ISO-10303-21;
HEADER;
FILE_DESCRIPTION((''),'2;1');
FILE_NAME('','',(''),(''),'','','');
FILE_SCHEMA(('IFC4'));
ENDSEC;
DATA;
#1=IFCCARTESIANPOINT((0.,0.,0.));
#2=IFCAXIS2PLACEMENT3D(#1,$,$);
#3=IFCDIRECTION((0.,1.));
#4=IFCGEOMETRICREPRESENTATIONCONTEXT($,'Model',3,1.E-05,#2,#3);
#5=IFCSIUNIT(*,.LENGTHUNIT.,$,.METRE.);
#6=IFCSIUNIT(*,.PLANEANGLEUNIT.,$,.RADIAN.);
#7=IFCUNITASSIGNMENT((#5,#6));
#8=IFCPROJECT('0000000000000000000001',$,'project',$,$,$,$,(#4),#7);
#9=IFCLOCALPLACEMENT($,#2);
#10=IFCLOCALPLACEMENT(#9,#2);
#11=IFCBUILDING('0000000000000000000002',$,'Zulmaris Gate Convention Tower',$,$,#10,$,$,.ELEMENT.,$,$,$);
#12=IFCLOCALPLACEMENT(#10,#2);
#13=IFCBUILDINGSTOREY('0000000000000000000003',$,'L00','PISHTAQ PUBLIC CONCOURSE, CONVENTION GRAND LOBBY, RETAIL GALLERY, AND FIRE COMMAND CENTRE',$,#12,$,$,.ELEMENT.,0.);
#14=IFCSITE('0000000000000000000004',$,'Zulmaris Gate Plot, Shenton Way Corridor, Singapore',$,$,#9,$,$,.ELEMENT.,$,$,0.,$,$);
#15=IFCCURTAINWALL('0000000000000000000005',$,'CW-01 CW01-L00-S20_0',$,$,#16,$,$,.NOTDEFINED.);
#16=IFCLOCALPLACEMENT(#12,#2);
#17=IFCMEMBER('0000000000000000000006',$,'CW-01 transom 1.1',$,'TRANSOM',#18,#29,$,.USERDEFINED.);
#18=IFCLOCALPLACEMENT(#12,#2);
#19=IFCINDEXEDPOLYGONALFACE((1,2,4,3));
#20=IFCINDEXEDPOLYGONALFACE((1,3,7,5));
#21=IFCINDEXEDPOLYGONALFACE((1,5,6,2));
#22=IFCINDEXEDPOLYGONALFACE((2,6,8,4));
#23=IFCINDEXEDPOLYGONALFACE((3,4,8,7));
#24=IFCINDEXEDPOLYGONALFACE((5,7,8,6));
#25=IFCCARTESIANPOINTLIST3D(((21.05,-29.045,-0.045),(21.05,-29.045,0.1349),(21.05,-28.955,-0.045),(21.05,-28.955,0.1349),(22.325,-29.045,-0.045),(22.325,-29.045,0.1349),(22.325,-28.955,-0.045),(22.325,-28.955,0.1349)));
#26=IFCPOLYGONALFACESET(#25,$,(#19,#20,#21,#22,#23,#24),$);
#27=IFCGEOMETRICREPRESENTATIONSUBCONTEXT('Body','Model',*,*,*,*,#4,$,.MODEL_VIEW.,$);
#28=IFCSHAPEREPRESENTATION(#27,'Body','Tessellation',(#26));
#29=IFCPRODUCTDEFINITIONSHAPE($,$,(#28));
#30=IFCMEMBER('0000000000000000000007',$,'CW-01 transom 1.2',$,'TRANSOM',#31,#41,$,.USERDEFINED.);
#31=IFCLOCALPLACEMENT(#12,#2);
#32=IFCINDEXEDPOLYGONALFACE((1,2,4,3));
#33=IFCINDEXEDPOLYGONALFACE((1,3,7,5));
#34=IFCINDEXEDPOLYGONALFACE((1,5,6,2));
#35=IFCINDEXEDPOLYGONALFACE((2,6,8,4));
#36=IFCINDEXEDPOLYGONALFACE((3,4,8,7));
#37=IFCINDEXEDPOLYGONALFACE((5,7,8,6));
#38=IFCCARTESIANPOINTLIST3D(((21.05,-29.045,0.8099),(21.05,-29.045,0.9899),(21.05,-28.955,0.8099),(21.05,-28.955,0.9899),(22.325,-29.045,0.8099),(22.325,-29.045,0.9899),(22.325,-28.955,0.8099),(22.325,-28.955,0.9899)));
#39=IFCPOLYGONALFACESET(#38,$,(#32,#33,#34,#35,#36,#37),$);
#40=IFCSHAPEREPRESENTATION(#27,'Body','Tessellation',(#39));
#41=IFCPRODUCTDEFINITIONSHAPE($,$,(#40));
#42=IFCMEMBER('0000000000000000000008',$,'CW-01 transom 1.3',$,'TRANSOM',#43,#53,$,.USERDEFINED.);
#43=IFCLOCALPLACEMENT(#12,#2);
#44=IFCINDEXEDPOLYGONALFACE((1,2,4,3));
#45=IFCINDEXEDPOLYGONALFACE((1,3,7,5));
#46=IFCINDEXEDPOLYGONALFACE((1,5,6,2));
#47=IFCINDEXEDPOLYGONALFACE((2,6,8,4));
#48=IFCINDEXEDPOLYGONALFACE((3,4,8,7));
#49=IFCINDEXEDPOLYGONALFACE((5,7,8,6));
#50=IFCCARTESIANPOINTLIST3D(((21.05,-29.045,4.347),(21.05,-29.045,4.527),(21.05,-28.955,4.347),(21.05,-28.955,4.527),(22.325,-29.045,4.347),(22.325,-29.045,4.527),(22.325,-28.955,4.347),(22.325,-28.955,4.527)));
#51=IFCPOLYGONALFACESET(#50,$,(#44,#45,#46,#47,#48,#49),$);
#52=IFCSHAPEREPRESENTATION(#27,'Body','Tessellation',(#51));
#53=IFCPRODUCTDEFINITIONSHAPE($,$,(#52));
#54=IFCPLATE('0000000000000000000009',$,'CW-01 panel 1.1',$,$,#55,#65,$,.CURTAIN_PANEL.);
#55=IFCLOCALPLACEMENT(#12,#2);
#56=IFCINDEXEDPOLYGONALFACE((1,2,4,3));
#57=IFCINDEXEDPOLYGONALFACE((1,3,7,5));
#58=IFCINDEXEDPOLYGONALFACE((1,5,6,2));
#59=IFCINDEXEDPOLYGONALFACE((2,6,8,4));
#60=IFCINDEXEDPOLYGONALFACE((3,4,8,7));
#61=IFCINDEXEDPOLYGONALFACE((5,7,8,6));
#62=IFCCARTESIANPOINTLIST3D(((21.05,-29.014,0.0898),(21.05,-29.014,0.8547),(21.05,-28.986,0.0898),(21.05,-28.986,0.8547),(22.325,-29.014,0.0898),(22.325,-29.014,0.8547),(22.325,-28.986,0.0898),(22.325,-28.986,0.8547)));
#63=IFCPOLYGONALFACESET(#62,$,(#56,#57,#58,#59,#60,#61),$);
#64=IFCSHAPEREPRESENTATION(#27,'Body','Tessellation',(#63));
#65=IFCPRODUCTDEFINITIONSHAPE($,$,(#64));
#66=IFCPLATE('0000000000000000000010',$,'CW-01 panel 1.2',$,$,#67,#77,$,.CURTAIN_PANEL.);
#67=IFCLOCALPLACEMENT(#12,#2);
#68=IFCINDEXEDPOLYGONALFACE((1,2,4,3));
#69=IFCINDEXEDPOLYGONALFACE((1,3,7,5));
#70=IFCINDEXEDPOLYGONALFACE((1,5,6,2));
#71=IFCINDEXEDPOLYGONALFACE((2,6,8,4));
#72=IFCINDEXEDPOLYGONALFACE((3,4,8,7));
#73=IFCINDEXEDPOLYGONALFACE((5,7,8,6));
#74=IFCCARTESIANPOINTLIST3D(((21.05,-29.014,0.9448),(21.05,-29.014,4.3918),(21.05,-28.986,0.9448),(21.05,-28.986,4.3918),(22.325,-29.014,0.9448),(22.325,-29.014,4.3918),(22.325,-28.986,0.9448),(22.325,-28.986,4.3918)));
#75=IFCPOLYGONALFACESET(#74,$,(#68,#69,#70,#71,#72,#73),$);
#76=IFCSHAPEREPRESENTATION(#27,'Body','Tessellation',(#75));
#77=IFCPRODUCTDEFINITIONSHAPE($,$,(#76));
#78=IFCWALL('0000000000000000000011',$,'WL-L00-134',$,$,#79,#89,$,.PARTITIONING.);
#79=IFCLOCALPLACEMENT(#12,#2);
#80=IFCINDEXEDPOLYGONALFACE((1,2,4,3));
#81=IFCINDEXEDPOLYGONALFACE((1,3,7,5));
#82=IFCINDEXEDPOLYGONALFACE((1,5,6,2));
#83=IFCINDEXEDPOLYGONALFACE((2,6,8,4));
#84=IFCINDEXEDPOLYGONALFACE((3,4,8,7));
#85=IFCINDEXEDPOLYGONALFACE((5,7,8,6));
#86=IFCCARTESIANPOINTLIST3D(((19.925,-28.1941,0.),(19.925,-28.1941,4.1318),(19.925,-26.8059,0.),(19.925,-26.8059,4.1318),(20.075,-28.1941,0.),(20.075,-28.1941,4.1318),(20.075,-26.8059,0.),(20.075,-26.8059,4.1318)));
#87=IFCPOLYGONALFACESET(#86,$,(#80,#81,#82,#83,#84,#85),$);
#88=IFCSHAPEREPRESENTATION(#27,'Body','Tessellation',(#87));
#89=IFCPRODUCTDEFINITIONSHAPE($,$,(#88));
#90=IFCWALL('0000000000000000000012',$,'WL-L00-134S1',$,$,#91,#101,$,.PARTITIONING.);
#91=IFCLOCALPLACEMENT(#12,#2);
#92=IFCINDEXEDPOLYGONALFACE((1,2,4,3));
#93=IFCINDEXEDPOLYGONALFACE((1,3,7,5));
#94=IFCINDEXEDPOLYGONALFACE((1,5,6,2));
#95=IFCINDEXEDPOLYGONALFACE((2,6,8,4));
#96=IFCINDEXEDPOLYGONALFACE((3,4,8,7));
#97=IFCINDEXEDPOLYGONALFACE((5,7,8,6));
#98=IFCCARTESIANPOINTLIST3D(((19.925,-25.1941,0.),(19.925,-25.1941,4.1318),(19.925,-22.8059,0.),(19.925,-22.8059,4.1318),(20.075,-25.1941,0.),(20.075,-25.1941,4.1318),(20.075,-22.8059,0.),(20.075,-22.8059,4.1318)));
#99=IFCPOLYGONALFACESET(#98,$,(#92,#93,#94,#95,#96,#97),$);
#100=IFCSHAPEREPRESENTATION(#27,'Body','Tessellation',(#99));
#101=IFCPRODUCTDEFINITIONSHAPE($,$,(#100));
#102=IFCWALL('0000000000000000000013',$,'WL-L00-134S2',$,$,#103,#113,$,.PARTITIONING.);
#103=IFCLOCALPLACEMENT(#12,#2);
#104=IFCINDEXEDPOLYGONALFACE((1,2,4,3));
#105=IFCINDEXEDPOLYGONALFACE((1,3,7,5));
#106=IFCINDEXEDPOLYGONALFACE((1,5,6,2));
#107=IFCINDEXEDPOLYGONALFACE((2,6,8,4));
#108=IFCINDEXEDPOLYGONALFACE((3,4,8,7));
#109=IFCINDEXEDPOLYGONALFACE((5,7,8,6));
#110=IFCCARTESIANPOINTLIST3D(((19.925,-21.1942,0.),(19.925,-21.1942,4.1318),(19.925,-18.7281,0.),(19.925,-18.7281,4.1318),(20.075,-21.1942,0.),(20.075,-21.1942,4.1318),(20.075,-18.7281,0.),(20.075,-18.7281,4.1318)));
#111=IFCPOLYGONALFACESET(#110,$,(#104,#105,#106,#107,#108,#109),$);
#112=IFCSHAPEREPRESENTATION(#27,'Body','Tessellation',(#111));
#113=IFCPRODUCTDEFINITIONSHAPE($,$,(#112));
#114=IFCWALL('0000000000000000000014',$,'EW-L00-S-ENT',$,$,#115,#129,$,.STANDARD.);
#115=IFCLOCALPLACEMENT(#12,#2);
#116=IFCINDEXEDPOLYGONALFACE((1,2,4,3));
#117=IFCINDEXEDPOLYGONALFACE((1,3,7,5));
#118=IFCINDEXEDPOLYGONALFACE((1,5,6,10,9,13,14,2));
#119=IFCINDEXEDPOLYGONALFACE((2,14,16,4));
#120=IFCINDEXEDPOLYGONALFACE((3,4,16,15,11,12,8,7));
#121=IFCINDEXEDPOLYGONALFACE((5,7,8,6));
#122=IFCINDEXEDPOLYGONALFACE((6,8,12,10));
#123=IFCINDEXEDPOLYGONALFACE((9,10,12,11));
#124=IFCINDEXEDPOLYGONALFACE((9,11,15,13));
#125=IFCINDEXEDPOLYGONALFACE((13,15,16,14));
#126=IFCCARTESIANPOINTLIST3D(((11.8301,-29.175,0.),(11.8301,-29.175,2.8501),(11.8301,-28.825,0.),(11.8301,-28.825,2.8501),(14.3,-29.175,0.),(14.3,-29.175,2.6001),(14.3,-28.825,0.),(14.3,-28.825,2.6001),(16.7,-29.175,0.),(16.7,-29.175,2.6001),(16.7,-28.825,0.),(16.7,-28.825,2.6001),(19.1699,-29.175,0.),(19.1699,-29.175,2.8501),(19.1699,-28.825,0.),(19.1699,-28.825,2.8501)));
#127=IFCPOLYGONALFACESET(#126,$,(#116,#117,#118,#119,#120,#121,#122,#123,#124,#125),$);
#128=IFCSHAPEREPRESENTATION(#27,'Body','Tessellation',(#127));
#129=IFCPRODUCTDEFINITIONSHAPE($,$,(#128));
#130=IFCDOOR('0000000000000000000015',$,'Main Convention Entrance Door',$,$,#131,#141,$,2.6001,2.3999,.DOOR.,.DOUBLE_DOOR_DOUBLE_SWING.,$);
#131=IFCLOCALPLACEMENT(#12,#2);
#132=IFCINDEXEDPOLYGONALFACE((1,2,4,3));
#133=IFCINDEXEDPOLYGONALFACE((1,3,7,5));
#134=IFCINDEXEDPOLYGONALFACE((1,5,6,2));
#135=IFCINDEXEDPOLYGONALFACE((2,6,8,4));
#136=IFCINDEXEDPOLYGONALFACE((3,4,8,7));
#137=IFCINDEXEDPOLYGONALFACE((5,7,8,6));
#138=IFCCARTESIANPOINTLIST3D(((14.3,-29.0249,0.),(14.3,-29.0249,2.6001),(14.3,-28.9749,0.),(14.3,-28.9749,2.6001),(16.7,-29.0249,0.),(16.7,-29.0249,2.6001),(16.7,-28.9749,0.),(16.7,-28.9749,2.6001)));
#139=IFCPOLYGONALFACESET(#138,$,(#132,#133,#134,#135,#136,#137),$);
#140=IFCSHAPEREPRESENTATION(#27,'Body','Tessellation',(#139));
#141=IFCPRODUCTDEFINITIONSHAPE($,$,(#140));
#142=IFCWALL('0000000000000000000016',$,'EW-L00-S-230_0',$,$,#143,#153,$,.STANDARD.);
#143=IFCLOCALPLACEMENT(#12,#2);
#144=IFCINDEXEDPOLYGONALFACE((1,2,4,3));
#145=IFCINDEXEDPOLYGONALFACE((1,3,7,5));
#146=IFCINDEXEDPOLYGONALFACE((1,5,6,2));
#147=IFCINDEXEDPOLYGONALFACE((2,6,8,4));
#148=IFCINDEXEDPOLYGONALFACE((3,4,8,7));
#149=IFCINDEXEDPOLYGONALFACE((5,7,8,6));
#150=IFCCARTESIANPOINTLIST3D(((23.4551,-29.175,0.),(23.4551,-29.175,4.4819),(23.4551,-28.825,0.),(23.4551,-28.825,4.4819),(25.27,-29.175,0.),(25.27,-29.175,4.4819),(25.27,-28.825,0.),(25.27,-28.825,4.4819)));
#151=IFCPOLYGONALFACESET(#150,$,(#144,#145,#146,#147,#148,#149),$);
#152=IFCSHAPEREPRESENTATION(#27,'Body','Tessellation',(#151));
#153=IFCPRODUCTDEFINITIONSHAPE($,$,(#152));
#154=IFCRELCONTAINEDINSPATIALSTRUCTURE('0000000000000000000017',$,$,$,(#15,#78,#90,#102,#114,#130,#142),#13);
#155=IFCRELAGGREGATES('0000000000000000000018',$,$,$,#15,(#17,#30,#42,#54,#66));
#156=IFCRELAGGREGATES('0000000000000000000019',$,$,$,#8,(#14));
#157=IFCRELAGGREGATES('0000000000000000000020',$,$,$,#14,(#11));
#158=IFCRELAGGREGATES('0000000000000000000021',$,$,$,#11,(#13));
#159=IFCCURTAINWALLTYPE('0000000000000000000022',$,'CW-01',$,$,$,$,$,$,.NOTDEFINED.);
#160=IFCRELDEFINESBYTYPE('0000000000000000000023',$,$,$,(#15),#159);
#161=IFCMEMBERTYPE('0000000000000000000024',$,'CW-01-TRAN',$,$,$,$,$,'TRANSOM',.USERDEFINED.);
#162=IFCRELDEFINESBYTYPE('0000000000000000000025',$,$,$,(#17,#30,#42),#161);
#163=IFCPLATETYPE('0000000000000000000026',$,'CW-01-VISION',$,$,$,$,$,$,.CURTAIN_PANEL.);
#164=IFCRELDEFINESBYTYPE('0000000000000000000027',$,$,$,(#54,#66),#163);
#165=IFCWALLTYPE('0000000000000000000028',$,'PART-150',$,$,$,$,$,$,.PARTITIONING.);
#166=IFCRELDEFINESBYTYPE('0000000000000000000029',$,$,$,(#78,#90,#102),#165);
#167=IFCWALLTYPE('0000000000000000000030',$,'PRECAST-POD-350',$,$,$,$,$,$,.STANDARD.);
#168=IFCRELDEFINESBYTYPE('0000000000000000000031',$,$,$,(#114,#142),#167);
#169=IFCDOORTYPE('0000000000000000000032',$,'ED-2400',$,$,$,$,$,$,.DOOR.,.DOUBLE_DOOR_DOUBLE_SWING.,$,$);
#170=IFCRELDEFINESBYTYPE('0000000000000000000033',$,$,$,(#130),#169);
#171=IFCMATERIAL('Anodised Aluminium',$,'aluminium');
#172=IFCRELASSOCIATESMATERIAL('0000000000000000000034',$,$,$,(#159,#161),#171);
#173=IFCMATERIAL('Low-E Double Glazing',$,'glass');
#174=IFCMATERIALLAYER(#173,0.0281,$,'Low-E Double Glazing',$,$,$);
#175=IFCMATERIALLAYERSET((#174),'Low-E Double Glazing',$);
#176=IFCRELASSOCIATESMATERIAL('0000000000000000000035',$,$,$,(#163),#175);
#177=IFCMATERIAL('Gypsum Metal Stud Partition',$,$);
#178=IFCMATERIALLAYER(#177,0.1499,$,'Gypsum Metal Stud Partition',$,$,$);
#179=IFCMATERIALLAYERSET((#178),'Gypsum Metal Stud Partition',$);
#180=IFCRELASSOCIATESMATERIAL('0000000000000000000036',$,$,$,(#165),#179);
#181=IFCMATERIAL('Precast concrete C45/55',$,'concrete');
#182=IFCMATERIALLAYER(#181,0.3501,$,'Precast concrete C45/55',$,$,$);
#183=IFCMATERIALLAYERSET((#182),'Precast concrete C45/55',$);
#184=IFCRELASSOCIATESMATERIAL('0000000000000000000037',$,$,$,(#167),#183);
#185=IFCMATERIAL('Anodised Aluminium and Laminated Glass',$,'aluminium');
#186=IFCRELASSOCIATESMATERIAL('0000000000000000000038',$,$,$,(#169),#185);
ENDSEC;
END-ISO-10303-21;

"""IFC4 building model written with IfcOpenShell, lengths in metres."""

from ifc_helpers import new_model, si_unit, direction, frame, frame_2d, origin, origin_2d, place, context, subcontext, project, spatial, rectangle, extrude, material, layer, layer_set, material_profile, profile_set, type_object, element, fill, aggregate, save


model = new_model("IFC4")

# Units and contexts
model_context = context("Model", 3, precision=1e-05, world=origin(), true_north=direction((0.0, 1.0)))
body_context = subcontext(model_context, "Body", "Model", "MODEL_VIEW")
ifc_project = project(units=[si_unit("LENGTHUNIT", "METRE"), si_unit("PLANEANGLEUNIT", "RADIAN")], contexts=[model_context])

# Site, building, storey
site_placement = place(None, origin())
site = spatial("IfcSite", under=ifc_project, at=site_placement, Name="Zulmaris Gate Plot, Shenton Way Corridor, Singapore", CompositionType="ELEMENT", RefElevation=0.0)
building_placement = place(site_placement, origin())
building = spatial("IfcBuilding", under=site, at=building_placement, Name="Zulmaris Gate Convention Tower", CompositionType="ELEMENT")
storey_placement = place(building_placement, origin())
storey = spatial("IfcBuildingStorey", under=building, at=storey_placement, Name="L00", Description="PISHTAQ PUBLIC CONCOURSE, CONVENTION GRAND LOBBY, RETAIL GALLERY, AND FIRE COMMAND CENTRE", CompositionType="ELEMENT", Elevation=0.0)

# Shared definitions
ifc_material_1 = material(Name="Anodised Aluminium", Category="aluminium")
curtain_wall_type = type_object("IfcCurtainWallType", Name="CW-01", PredefinedType="NOTDEFINED", material=ifc_material_1)

# Curtain wall, members, plates
curtain_wall_1_placement = place(storey_placement, origin())
curtain_wall_1 = element("IfcCurtainWall", 1, at=curtain_wall_1_placement, inside=storey, type_object=curtain_wall_type, Name="CW-01 CW01-L00-S20_0", PredefinedType="NOTDEFINED")
ifc_material_profile_1 = material_profile(ifc_material_1, rectangle(XDim=0.0901, YDim=0.1799, at=origin_2d()), Name="ALU TRANSOM 90x180")
ifc_profile_set_1 = profile_set([ifc_material_profile_1], Name="Anodised Aluminium")
member_type_1 = type_object("IfcMemberType", Name="CW-01-TRAN", ElementType="TRANSOM", PredefinedType="USERDEFINED", material=ifc_profile_set_1)
member_1_placement = place(storey_placement, frame((21.05, -29.0, 0.0449), z_axis=(1.0, 0.0, 0.0), x_axis=(0.0, 1.0, 0.0)))
member_1 = element("IfcMember", 2, at=member_1_placement, type_object=member_type_1, Name="CW-01 transom 1.1", ObjectType="TRANSOM", PredefinedType="USERDEFINED", context=body_context, shape_type="SweptSolid", body=[
    extrude(rectangle(XDim=0.0901, YDim=0.1799, at=origin_2d()), origin(), (0.0, 0.0, 1.0), 1.2749),
])
member_2_placement = place(storey_placement, frame((21.05, -29.0, 0.8999), z_axis=(1.0, 0.0, 0.0), x_axis=(0.0, 1.0, 0.0)))
member_2 = element("IfcMember", 3, at=member_2_placement, type_object=member_type_1, Name="CW-01 transom 1.2", ObjectType="TRANSOM", PredefinedType="USERDEFINED", context=body_context, shape_type="SweptSolid", body=[
    extrude(rectangle(XDim=0.0901, YDim=0.1799, at=origin_2d()), origin(), (0.0, 0.0, 1.0), 1.2749),
])
member_3_placement = place(storey_placement, frame((21.05, -29.0, 4.437), z_axis=(1.0, 0.0, 0.0), x_axis=(0.0, 1.0, 0.0)))
member_3 = element("IfcMember", 4, at=member_3_placement, type_object=member_type_1, Name="CW-01 transom 1.3", ObjectType="TRANSOM", PredefinedType="USERDEFINED", context=body_context, shape_type="SweptSolid", body=[
    extrude(rectangle(XDim=0.0901, YDim=0.1799, at=origin_2d()), origin(), (0.0, 0.0, 1.0), 1.2749),
])
ifc_material_2 = material(Name="Low-E Double Glazing", Category="glass")
ifc_layer_1 = layer(ifc_material_2, 0.0281, Name="Low-E Double Glazing")
ifc_layer_set_1 = layer_set([ifc_layer_1], Name="Low-E Double Glazing")
plate_type = type_object("IfcPlateType", Name="CW-01-VISION", PredefinedType="CURTAIN_PANEL", material=ifc_layer_set_1)
plate_1_placement = place(storey_placement, frame((21.6875, -29.0, 0.0898), z_axis=(0.0, 0.0, 1.0), x_axis=(1.0, 0.0, 0.0)))
plate_1 = element("IfcPlate", 5, at=plate_1_placement, type_object=plate_type, Name="CW-01 panel 1.1", PredefinedType="CURTAIN_PANEL", context=body_context, shape_type="SweptSolid", body=[
    extrude(rectangle(XDim=1.2749, YDim=0.0281, at=origin_2d()), origin(), (0.0, 0.0, 1.0), 0.7649),
])
plate_2_placement = place(storey_placement, frame((21.6875, -29.0, 0.9448), z_axis=(0.0, 0.0, 1.0), x_axis=(1.0, 0.0, 0.0)))
plate_2 = element("IfcPlate", 6, at=plate_2_placement, type_object=plate_type, Name="CW-01 panel 1.2", PredefinedType="CURTAIN_PANEL", context=body_context, shape_type="SweptSolid", body=[
    extrude(rectangle(XDim=1.2749, YDim=0.0281, at=origin_2d()), origin(), (0.0, 0.0, 1.0), 3.447),
])
aggregate(curtain_wall_1, [member_1, member_2, member_3, plate_1, plate_2])

# Walls
ifc_material_3 = material(Name="Gypsum Metal Stud Partition")
ifc_layer_2 = layer(ifc_material_3, 0.1499, Name="Gypsum Metal Stud Partition")
ifc_layer_set_2 = layer_set([ifc_layer_2], Name="Gypsum Metal Stud Partition")
wall_type_1 = type_object("IfcWallType", Name="PART-150", PredefinedType="PARTITIONING", material=ifc_layer_set_2)
wall_1_placement = place(storey_placement, frame((20.0, -28.1941, 0.0), z_axis=(0.0, 0.0, 1.0), x_axis=(0.0, 1.0, 0.0)))
element("IfcWall", 7, at=wall_1_placement, inside=storey, type_object=wall_type_1, Name="WL-L00-134", PredefinedType="PARTITIONING", context=body_context, shape_type="SweptSolid", body=[
    extrude(rectangle(XDim=1.3882, YDim=0.1499, at=frame_2d((0.6941, 0.0))), origin(), (0.0, 0.0, 1.0), 4.1318),
])
wall_2_placement = place(storey_placement, frame((20.0, -25.1941, 0.0), z_axis=(0.0, 0.0, 1.0), x_axis=(0.0, 1.0, 0.0)))
element("IfcWall", 8, at=wall_2_placement, inside=storey, type_object=wall_type_1, Name="WL-L00-134S1", PredefinedType="PARTITIONING", context=body_context, shape_type="SweptSolid", body=[
    extrude(rectangle(XDim=2.3882, YDim=0.1499, at=frame_2d((1.1941, 0.0))), origin(), (0.0, 0.0, 1.0), 4.1318),
])
wall_3_placement = place(storey_placement, frame((20.0, -21.1941, 0.0), z_axis=(0.0, 0.0, 1.0), x_axis=(0.0, 1.0, 0.0)))
element("IfcWall", 9, at=wall_3_placement, inside=storey, type_object=wall_type_1, Name="WL-L00-134S2", PredefinedType="PARTITIONING", context=body_context, shape_type="SweptSolid", body=[
    extrude(rectangle(XDim=2.4661, YDim=0.1499, at=frame_2d((1.2329, 0.0))), origin(), (0.0, 0.0, 1.0), 4.1318),
])

# Wall, opening, door
ifc_material_4 = material(Name="Precast concrete C45/55", Category="concrete")
ifc_layer_3 = layer(ifc_material_4, 0.3501, Name="Precast concrete C45/55")
ifc_layer_set_3 = layer_set([ifc_layer_3], Name="Precast concrete C45/55")
wall_type_2 = type_object("IfcWallType", Name="PRECAST-POD-350", PredefinedType="STANDARD", material=ifc_layer_set_3)
wall_4_placement = place(storey_placement, frame((19.1699, -29.0, 0.0), z_axis=(0.0, 0.0, 1.0), x_axis=(-1.0, 0.0, 0.0)))
wall_4 = element("IfcWall", 10, at=wall_4_placement, inside=storey, type_object=wall_type_2, Name="EW-L00-S-ENT", PredefinedType="STANDARD", context=body_context, shape_type="SweptSolid", body=[
    extrude(rectangle(XDim=7.3398, YDim=0.3501, at=frame_2d((3.6699, 0.0))), origin(), (0.0, 0.0, 1.0), 2.8501),
])
opening_placement = place(wall_4_placement, frame((2.47, 0.0, 0.0)))
opening = element("IfcOpeningElement", 11, at=opening_placement, cuts=wall_4, PredefinedType="OPENING", context=body_context, shape_type="SweptSolid", body=[
    extrude(rectangle(XDim=2.3999, YDim=2.6001, at=frame_2d((1.2, 1.3))), frame((0.0, 0.1851, 0.0), z_axis=(0.0, -1.0, 0.0), x_axis=(1.0, 0.0, 0.0)), (0.0, 0.0, 1.0), 0.3701),
])
ifc_material_5 = material(Name="Anodised Aluminium and Laminated Glass", Category="aluminium")
door_type = type_object("IfcDoorType", Name="ED-2400", OperationType="DOUBLE_DOOR_DOUBLE_SWING", PredefinedType="DOOR", material=ifc_material_5)
door_placement = place(opening_placement, origin())
door = element("IfcDoor", 12, at=door_placement, inside=storey, type_object=door_type, Name="Main Convention Entrance Door", OperationType="DOUBLE_DOOR_DOUBLE_SWING", OverallHeight=2.6001, OverallWidth=2.3999, PredefinedType="DOOR", context=body_context, shape_type="SweptSolid", body=[
    extrude(rectangle(XDim=2.3999, YDim=2.6001, at=frame_2d((1.2, 1.3))), frame((0.0, 0.0249, 0.0), z_axis=(0.0, -1.0, 0.0), x_axis=(1.0, 0.0, 0.0)), (0.0, 0.0, 1.0), 0.05),
])
fill(opening, door)

# Wall
wall_5_placement = place(storey_placement, frame((23.4551, -29.0, 0.0), z_axis=(0.0, 0.0, 1.0), x_axis=(1.0, 0.0, 0.0)))
element("IfcWall", 13, at=wall_5_placement, inside=storey, type_object=wall_type_2, Name="EW-L00-S-230_0", PredefinedType="STANDARD", context=body_context, shape_type="SweptSolid", body=[
    extrude(rectangle(XDim=1.8149, YDim=0.3501, at=frame_2d((0.9075, 0.0))), origin(), (0.0, 0.0, 1.0), 4.4819),
])

save(model, "model.ifc")
